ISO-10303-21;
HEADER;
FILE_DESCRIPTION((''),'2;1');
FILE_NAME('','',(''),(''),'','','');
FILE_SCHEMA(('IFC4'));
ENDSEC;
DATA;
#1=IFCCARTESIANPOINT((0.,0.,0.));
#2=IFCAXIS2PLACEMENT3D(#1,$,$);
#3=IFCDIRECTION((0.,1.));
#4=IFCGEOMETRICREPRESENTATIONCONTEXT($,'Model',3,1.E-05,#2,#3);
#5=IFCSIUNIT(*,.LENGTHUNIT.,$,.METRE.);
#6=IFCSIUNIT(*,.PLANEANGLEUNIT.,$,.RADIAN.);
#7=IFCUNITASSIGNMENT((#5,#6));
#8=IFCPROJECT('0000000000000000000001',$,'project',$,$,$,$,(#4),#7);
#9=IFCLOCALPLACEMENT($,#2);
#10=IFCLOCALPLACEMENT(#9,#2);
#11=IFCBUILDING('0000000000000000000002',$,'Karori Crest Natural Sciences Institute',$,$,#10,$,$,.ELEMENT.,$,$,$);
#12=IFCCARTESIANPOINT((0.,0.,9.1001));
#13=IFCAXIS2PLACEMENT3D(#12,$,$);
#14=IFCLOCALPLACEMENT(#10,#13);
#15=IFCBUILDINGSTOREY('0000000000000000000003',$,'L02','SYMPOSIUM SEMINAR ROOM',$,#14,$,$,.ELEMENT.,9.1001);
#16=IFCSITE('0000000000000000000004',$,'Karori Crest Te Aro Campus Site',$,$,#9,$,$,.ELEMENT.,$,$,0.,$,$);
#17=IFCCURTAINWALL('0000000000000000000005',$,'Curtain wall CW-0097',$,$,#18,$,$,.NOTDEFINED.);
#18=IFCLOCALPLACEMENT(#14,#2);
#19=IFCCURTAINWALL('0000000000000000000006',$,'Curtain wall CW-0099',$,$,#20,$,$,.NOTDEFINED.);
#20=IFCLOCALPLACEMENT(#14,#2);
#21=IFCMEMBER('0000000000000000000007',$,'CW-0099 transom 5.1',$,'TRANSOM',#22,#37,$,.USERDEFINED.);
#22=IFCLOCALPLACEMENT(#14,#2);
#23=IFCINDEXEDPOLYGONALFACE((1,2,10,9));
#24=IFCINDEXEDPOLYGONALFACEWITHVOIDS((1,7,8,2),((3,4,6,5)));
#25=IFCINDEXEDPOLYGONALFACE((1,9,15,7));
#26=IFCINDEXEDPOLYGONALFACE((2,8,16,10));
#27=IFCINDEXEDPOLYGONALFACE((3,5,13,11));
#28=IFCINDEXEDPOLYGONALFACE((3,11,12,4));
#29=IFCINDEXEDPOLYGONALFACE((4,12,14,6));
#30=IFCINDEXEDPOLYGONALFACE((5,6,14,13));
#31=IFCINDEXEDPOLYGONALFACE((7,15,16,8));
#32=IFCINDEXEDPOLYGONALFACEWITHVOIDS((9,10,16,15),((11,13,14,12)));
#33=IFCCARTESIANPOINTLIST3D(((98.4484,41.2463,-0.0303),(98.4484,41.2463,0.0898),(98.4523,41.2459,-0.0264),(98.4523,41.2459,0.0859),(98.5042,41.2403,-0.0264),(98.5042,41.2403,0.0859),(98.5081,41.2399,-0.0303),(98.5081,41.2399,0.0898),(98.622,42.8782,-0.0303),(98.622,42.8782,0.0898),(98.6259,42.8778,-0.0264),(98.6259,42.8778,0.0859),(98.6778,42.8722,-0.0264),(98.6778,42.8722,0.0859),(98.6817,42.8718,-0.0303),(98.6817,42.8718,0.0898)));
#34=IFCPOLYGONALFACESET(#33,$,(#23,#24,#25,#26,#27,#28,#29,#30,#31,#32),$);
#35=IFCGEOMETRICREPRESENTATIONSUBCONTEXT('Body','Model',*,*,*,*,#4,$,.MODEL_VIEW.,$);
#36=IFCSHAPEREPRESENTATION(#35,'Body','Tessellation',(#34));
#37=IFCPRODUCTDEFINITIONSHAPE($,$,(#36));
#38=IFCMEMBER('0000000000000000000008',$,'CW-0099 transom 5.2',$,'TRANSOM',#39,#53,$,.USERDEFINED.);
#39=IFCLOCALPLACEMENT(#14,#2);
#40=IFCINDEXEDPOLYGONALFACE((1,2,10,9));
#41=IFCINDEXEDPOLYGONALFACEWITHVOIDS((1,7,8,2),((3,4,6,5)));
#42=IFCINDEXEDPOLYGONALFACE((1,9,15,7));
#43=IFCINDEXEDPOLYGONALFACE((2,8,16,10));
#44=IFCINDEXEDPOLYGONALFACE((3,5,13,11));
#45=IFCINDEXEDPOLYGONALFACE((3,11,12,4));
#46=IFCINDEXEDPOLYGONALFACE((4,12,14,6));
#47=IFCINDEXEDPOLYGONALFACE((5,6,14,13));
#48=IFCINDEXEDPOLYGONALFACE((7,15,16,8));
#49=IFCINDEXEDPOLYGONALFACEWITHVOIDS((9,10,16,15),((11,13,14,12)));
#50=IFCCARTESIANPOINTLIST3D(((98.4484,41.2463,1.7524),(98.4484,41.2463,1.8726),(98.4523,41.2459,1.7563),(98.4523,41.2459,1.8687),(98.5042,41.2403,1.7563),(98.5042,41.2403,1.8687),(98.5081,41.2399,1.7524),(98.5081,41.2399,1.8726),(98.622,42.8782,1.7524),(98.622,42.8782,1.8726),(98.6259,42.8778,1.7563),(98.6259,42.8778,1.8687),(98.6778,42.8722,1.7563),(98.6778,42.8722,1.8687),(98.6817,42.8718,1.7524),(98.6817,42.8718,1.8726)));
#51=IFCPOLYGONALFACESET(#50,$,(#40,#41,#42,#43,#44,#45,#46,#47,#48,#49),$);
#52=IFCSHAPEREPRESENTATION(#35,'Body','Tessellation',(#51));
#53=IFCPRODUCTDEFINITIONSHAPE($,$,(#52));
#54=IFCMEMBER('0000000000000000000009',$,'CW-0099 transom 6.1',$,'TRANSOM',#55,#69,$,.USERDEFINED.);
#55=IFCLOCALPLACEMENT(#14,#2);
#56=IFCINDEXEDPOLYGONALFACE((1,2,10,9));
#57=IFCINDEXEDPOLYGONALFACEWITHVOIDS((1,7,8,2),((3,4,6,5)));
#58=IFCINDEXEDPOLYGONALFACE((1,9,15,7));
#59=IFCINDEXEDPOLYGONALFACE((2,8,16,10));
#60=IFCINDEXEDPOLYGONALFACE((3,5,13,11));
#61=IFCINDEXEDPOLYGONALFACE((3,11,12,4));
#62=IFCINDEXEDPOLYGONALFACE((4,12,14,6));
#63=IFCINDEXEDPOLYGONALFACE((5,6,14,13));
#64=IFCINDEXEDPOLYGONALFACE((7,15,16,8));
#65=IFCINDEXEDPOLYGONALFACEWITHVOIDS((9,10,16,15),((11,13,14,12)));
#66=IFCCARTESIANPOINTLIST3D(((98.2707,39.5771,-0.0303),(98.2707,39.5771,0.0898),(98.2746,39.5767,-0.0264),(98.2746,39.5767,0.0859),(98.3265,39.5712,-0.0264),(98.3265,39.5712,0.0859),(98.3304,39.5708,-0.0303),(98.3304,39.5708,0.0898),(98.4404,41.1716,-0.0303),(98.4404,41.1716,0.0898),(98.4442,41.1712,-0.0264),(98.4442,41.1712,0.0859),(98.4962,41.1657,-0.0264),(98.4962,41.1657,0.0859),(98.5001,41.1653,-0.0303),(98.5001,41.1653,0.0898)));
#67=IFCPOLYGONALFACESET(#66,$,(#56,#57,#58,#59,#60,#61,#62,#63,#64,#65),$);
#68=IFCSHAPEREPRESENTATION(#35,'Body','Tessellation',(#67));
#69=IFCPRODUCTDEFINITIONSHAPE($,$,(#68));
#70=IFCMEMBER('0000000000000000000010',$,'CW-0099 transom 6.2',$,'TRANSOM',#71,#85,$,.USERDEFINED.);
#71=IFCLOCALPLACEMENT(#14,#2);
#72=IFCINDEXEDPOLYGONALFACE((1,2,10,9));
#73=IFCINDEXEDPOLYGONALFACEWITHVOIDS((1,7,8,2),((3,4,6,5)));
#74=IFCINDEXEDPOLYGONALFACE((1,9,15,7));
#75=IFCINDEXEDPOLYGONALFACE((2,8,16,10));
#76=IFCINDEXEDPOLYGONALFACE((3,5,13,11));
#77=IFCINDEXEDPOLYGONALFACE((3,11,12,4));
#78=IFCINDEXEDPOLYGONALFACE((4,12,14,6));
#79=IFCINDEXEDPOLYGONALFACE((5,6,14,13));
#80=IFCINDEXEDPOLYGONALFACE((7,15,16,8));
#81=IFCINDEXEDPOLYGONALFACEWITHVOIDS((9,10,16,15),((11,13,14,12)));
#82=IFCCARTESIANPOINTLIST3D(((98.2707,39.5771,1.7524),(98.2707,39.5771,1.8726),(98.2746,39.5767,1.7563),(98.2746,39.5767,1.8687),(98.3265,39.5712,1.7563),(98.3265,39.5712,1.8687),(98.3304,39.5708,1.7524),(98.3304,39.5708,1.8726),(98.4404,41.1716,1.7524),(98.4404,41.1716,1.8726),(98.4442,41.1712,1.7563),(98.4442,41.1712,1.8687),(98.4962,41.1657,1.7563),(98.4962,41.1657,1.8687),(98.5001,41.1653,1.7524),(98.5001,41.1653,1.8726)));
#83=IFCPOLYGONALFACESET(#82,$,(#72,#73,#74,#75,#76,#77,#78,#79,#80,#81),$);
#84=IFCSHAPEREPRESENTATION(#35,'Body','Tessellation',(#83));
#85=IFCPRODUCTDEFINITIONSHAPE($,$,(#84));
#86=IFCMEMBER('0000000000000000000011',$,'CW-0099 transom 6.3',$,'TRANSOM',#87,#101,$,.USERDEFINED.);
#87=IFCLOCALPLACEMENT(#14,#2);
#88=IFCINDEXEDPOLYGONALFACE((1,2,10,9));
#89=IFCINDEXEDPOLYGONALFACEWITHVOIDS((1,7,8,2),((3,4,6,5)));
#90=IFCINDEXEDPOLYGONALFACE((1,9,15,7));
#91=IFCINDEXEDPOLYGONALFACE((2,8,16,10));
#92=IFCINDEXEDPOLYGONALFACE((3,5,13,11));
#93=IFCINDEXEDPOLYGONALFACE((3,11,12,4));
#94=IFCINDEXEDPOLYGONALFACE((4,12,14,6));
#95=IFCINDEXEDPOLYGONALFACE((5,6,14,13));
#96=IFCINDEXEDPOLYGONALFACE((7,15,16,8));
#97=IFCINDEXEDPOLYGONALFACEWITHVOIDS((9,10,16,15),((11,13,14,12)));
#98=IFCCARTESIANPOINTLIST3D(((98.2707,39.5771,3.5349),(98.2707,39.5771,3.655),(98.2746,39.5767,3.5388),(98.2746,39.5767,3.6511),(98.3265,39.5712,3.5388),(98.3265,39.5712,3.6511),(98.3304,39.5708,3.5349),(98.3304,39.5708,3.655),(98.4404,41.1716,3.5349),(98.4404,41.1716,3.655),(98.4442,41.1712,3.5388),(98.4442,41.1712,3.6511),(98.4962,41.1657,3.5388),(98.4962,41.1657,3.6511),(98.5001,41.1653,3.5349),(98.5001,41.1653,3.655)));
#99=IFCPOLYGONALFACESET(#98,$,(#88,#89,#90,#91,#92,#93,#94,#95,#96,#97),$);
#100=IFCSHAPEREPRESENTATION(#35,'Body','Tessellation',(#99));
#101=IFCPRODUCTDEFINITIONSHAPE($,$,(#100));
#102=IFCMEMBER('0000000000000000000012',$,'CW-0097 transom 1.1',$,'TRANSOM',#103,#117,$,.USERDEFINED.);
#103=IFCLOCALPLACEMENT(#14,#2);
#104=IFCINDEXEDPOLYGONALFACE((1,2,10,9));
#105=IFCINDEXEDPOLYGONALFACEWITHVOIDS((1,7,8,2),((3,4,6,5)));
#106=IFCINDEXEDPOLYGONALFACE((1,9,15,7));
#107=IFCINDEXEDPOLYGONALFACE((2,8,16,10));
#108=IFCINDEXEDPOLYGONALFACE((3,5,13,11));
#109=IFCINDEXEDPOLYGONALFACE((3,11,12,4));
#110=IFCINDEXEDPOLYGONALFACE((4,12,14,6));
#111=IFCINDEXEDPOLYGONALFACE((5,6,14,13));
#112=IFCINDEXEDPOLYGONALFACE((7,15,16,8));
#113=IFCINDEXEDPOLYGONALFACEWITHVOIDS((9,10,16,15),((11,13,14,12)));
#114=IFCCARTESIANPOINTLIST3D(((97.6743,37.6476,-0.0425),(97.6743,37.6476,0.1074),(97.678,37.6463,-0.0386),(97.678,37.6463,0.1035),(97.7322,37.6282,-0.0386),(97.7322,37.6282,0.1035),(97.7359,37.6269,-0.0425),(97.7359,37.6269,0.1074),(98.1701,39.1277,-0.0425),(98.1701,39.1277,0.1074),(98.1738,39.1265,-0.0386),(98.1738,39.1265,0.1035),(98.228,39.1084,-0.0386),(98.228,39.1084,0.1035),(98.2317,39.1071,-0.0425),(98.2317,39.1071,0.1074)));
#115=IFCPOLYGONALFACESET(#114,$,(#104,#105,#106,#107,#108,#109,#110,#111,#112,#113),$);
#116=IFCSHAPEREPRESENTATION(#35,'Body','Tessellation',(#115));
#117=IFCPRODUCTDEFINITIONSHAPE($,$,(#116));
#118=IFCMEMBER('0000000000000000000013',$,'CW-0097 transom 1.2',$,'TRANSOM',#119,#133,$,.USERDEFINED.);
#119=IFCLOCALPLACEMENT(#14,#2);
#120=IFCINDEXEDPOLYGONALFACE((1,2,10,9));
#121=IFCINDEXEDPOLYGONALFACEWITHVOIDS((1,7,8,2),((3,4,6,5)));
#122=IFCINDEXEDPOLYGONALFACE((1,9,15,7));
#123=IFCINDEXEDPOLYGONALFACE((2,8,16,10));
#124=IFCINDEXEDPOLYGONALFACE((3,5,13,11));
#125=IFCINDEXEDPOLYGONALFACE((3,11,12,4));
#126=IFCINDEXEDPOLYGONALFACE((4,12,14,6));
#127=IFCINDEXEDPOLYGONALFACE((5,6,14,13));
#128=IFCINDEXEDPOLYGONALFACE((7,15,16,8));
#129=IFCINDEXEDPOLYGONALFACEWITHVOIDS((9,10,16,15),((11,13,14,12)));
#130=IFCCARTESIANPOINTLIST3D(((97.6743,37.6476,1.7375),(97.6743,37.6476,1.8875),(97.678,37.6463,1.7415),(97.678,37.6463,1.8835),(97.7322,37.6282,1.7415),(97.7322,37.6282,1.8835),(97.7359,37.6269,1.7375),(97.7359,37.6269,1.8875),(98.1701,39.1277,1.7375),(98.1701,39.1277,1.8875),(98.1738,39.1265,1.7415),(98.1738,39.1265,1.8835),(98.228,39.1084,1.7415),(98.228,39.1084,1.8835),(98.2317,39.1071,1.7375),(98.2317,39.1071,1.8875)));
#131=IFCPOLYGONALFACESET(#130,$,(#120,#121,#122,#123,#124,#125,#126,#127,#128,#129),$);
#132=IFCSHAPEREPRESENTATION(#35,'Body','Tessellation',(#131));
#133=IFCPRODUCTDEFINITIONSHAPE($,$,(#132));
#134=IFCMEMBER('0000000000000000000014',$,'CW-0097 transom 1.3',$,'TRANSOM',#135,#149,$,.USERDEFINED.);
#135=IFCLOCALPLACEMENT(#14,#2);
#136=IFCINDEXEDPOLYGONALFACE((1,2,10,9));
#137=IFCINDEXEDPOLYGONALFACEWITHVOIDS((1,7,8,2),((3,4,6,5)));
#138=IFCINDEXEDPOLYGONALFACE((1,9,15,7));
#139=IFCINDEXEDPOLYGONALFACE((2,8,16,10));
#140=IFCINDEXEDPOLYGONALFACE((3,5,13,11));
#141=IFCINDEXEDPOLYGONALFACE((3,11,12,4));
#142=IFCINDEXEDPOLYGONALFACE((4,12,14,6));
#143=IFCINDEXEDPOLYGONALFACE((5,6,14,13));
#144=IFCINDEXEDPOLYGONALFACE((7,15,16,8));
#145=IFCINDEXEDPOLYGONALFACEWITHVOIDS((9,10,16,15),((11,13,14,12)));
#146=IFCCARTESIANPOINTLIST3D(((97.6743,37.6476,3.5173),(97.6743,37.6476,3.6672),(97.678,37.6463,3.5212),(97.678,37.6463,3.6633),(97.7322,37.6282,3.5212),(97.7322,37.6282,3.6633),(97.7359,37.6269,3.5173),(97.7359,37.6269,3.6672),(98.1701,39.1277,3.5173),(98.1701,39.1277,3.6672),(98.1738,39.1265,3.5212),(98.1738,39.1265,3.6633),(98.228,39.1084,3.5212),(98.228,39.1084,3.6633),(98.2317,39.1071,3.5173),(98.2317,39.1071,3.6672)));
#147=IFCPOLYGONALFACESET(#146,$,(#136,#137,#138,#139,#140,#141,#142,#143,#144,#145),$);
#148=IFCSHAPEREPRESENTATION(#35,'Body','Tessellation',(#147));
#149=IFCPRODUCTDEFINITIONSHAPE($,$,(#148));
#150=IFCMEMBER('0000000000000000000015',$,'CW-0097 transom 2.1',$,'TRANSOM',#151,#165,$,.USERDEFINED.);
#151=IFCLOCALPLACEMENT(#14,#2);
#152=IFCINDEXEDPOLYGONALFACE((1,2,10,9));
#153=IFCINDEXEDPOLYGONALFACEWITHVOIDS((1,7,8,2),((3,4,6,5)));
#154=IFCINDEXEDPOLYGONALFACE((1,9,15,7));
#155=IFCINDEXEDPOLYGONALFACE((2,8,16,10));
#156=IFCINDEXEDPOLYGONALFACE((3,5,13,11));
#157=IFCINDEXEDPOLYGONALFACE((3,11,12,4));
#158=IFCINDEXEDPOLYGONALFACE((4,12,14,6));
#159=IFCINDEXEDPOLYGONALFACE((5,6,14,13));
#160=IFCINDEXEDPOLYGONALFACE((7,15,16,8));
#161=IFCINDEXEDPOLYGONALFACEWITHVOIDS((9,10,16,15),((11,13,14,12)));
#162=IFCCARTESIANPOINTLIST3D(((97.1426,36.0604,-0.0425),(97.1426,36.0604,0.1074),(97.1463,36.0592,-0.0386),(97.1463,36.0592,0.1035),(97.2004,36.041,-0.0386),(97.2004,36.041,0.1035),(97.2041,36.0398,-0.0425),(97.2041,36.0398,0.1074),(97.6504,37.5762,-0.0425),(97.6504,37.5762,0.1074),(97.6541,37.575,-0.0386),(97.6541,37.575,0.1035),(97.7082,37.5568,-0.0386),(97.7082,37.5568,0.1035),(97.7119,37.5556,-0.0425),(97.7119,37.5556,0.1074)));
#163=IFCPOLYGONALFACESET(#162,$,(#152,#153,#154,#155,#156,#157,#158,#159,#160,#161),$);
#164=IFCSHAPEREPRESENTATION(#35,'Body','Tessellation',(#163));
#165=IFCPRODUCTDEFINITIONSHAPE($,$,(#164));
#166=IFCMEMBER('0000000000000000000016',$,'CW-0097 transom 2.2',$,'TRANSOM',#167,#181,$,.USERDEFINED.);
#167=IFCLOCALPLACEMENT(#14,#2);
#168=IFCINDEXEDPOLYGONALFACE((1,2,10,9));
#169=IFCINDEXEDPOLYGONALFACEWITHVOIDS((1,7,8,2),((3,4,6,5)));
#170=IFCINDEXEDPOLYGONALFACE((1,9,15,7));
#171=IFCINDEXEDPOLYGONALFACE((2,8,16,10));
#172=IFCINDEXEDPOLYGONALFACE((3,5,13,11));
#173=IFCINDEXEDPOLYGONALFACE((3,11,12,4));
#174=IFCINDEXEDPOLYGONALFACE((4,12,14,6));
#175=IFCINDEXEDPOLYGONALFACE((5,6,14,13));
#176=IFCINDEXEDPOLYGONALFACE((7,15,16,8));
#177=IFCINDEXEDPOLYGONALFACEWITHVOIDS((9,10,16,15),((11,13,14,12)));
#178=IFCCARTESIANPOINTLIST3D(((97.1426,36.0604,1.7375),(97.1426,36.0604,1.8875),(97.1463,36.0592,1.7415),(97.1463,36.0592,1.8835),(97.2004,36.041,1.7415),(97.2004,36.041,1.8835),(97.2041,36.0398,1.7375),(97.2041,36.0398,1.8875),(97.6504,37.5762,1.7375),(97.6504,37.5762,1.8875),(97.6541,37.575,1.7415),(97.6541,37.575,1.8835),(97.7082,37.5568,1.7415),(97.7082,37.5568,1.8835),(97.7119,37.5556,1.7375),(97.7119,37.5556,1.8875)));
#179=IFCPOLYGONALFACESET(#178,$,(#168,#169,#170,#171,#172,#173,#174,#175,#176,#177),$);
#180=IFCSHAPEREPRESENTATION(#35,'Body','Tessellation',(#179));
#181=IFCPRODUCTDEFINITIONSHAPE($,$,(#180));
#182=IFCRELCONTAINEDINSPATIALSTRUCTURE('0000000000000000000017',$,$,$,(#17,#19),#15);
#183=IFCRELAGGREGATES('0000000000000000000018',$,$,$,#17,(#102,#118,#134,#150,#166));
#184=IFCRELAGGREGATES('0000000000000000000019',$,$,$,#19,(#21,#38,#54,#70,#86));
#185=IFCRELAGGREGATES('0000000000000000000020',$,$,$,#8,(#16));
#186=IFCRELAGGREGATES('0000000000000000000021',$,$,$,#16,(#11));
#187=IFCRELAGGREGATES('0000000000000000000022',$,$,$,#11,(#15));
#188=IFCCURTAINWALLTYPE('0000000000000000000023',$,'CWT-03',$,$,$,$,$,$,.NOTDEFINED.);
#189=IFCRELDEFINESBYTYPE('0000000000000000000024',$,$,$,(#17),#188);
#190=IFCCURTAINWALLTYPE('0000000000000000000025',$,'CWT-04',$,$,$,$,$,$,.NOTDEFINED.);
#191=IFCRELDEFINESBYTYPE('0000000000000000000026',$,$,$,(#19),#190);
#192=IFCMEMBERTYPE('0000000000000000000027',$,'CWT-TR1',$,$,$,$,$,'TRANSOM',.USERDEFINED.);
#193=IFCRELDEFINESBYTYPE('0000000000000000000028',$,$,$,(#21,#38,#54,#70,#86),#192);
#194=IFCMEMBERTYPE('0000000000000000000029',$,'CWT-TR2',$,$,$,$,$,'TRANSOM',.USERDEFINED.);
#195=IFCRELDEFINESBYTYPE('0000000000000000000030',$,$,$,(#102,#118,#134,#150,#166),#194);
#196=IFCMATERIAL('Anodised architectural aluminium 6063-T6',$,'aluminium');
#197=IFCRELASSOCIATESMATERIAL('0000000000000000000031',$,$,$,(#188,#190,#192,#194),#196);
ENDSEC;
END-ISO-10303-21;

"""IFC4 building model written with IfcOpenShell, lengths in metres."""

from ifc_helpers import new_model, si_unit, direction, frame, origin, origin_2d, place, context, subcontext, project, spatial, hollow_rectangle, extrude, material, material_profile, profile_set, type_object, element, aggregate, save


model = new_model("IFC4")

# Units and contexts
model_context = context("Model", 3, precision=1e-05, world=origin(), true_north=direction((0.0, 1.0)))
body_context = subcontext(model_context, "Body", "Model", "MODEL_VIEW")
ifc_project = project(units=[si_unit("LENGTHUNIT", "METRE"), si_unit("PLANEANGLEUNIT", "RADIAN")], contexts=[model_context])

# Site, building, storey
site_placement = place(None, origin())
site = spatial("IfcSite", under=ifc_project, at=site_placement, Name="Karori Crest Te Aro Campus Site", CompositionType="ELEMENT", RefElevation=0.0)
building_placement = place(site_placement, origin())
building = spatial("IfcBuilding", under=site, at=building_placement, Name="Karori Crest Natural Sciences Institute", CompositionType="ELEMENT")
storey_placement = place(building_placement, frame((0.0, 0.0, 9.1001)))
storey = spatial("IfcBuildingStorey", under=building, at=storey_placement, Name="L02", Description="SYMPOSIUM SEMINAR ROOM", CompositionType="ELEMENT", Elevation=9.1001)

# Curtain walls, members
ifc_material_1 = material(Name="Anodised architectural aluminium 6063-T6", Category="aluminium")
curtain_wall_type_1 = type_object("IfcCurtainWallType", Name="CWT-03", PredefinedType="NOTDEFINED", material=ifc_material_1)
curtain_wall_1_placement = place(storey_placement, origin())
curtain_wall_1 = element("IfcCurtainWall", 1, at=curtain_wall_1_placement, inside=storey, type_object=curtain_wall_type_1, Name="Curtain wall CW-0097", PredefinedType="NOTDEFINED")
curtain_wall_type_2 = type_object("IfcCurtainWallType", Name="CWT-04", PredefinedType="NOTDEFINED", material=ifc_material_1)
curtain_wall_2_placement = place(storey_placement, origin())
curtain_wall_2 = element("IfcCurtainWall", 2, at=curtain_wall_2_placement, inside=storey, type_object=curtain_wall_type_2, Name="Curtain wall CW-0099", PredefinedType="NOTDEFINED")
ifc_material_profile_1 = material_profile(ifc_material_1, hollow_rectangle(XDim=0.0601, YDim=0.1201, WallThickness=0.0039, at=origin_2d()), Name="CWT120x60x4")
ifc_profile_set_1 = profile_set([ifc_material_profile_1], Name="Anodised architectural aluminium 6063-T6")
member_type_1 = type_object("IfcMemberType", Name="CWT-TR1", ElementType="TRANSOM", PredefinedType="USERDEFINED", material=ifc_profile_set_1)
member_1_placement = place(storey_placement, frame((98.6519, 42.875, 0.0298), z_axis=(-0.105777, -0.99439, 0.0), x_axis=(0.99439, -0.105777, 0.0)))
member_1 = element("IfcMember", 3, at=member_1_placement, type_object=member_type_1, Name="CW-0099 transom 5.1", ObjectType="TRANSOM", PredefinedType="USERDEFINED", context=body_context, shape_type="SweptSolid", body=[
    extrude(hollow_rectangle(XDim=0.0601, YDim=0.1201, WallThickness=0.0039, at=origin_2d()), origin(), (0.0, 0.0, 1.0), 1.6411),
])
member_2_placement = place(storey_placement, frame((98.6519, 42.875, 1.8125), z_axis=(-0.105777, -0.99439, 0.0), x_axis=(0.99439, -0.105777, 0.0)))
member_2 = element("IfcMember", 4, at=member_2_placement, type_object=member_type_1, Name="CW-0099 transom 5.2", ObjectType="TRANSOM", PredefinedType="USERDEFINED", context=body_context, shape_type="SweptSolid", body=[
    extrude(hollow_rectangle(XDim=0.0601, YDim=0.1201, WallThickness=0.0039, at=origin_2d()), origin(), (0.0, 0.0, 1.0), 1.6411),
])
member_3_placement = place(storey_placement, frame((98.4702, 41.1685, 0.0298), z_axis=(-0.105818, -0.994386, 0.0), x_axis=(0.994386, -0.105818, 0.0)))
member_3 = element("IfcMember", 5, at=member_3_placement, type_object=member_type_1, Name="CW-0099 transom 6.1", ObjectType="TRANSOM", PredefinedType="USERDEFINED", context=body_context, shape_type="SweptSolid", body=[
    extrude(hollow_rectangle(XDim=0.0601, YDim=0.1201, WallThickness=0.0039, at=origin_2d()), origin(), (0.0, 0.0, 1.0), 1.6035),
])
member_4_placement = place(storey_placement, frame((98.4702, 41.1685, 1.8125), z_axis=(-0.105818, -0.994386, 0.0), x_axis=(0.994386, -0.105818, 0.0)))
member_4 = element("IfcMember", 6, at=member_4_placement, type_object=member_type_1, Name="CW-0099 transom 6.2", ObjectType="TRANSOM", PredefinedType="USERDEFINED", context=body_context, shape_type="SweptSolid", body=[
    extrude(hollow_rectangle(XDim=0.0601, YDim=0.1201, WallThickness=0.0039, at=origin_2d()), origin(), (0.0, 0.0, 1.0), 1.6035),
])
member_5_placement = place(storey_placement, frame((98.4702, 41.1685, 3.595), z_axis=(-0.105818, -0.994386, 0.0), x_axis=(0.994386, -0.105818, 0.0)))
member_5 = element("IfcMember", 7, at=member_5_placement, type_object=member_type_1, Name="CW-0099 transom 6.3", ObjectType="TRANSOM", PredefinedType="USERDEFINED", context=body_context, shape_type="SweptSolid", body=[
    extrude(hollow_rectangle(XDim=0.0601, YDim=0.1201, WallThickness=0.0039, at=origin_2d()), origin(), (0.0, 0.0, 1.0), 1.6035),
])

# Members
ifc_material_profile_2 = material_profile(ifc_material_1, hollow_rectangle(XDim=0.0649, YDim=0.1499, WallThickness=0.0039, at=origin_2d()), Name="CWT150x65x4")
ifc_profile_set_2 = profile_set([ifc_material_profile_2], Name="Anodised architectural aluminium 6063-T6")
member_type_2 = type_object("IfcMemberType", Name="CWT-TR2", ElementType="TRANSOM", PredefinedType="USERDEFINED", material=ifc_profile_set_2)
member_6_placement = place(storey_placement, frame((98.2009, 39.1174, 0.0325), z_axis=(-0.317635, -0.948213, 0.0), x_axis=(0.948213, -0.317635, 0.0)))
member_6 = element("IfcMember", 8, at=member_6_placement, type_object=member_type_2, Name="CW-0097 transom 1.1", ObjectType="TRANSOM", PredefinedType="USERDEFINED", context=body_context, shape_type="SweptSolid", body=[
    extrude(hollow_rectangle(XDim=0.0649, YDim=0.1499, WallThickness=0.0039, at=origin_2d()), origin(), (0.0, 0.0, 1.0), 1.561),
])
member_7_placement = place(storey_placement, frame((98.2009, 39.1174, 1.8125), z_axis=(-0.317635, -0.948213, 0.0), x_axis=(0.948213, -0.317635, 0.0)))
member_7 = element("IfcMember", 9, at=member_7_placement, type_object=member_type_2, Name="CW-0097 transom 1.2", ObjectType="TRANSOM", PredefinedType="USERDEFINED", context=body_context, shape_type="SweptSolid", body=[
    extrude(hollow_rectangle(XDim=0.0649, YDim=0.1499, WallThickness=0.0039, at=origin_2d()), origin(), (0.0, 0.0, 1.0), 1.561),
])
member_8_placement = place(storey_placement, frame((98.2009, 39.1174, 3.5923), z_axis=(-0.317635, -0.948213, 0.0), x_axis=(0.948213, -0.317635, 0.0)))
member_8 = element("IfcMember", 10, at=member_8_placement, type_object=member_type_2, Name="CW-0097 transom 1.3", ObjectType="TRANSOM", PredefinedType="USERDEFINED", context=body_context, shape_type="SweptSolid", body=[
    extrude(hollow_rectangle(XDim=0.0649, YDim=0.1499, WallThickness=0.0039, at=origin_2d()), origin(), (0.0, 0.0, 1.0), 1.561),
])
member_9_placement = place(storey_placement, frame((97.6812, 37.5659, 0.0325), z_axis=(-0.317648, -0.948209, 0.0), x_axis=(0.948209, -0.317648, 0.0)))
member_9 = element("IfcMember", 11, at=member_9_placement, type_object=member_type_2, Name="CW-0097 transom 2.1", ObjectType="TRANSOM", PredefinedType="USERDEFINED", context=body_context, shape_type="SweptSolid", body=[
    extrude(hollow_rectangle(XDim=0.0649, YDim=0.1499, WallThickness=0.0039, at=origin_2d()), origin(), (0.0, 0.0, 1.0), 1.5986),
])
member_10_placement = place(storey_placement, frame((97.6812, 37.5659, 1.8125), z_axis=(-0.317648, -0.948209, 0.0), x_axis=(0.948209, -0.317648, 0.0)))
member_10 = element("IfcMember", 12, at=member_10_placement, type_object=member_type_2, Name="CW-0097 transom 2.2", ObjectType="TRANSOM", PredefinedType="USERDEFINED", context=body_context, shape_type="SweptSolid", body=[
    extrude(hollow_rectangle(XDim=0.0649, YDim=0.1499, WallThickness=0.0039, at=origin_2d()), origin(), (0.0, 0.0, 1.0), 1.5986),
])

aggregate(curtain_wall_1, [member_6, member_7, member_8, member_9, member_10])
aggregate(curtain_wall_2, [member_1, member_2, member_3, member_4, member_5])

save(model, "model.ifc")
